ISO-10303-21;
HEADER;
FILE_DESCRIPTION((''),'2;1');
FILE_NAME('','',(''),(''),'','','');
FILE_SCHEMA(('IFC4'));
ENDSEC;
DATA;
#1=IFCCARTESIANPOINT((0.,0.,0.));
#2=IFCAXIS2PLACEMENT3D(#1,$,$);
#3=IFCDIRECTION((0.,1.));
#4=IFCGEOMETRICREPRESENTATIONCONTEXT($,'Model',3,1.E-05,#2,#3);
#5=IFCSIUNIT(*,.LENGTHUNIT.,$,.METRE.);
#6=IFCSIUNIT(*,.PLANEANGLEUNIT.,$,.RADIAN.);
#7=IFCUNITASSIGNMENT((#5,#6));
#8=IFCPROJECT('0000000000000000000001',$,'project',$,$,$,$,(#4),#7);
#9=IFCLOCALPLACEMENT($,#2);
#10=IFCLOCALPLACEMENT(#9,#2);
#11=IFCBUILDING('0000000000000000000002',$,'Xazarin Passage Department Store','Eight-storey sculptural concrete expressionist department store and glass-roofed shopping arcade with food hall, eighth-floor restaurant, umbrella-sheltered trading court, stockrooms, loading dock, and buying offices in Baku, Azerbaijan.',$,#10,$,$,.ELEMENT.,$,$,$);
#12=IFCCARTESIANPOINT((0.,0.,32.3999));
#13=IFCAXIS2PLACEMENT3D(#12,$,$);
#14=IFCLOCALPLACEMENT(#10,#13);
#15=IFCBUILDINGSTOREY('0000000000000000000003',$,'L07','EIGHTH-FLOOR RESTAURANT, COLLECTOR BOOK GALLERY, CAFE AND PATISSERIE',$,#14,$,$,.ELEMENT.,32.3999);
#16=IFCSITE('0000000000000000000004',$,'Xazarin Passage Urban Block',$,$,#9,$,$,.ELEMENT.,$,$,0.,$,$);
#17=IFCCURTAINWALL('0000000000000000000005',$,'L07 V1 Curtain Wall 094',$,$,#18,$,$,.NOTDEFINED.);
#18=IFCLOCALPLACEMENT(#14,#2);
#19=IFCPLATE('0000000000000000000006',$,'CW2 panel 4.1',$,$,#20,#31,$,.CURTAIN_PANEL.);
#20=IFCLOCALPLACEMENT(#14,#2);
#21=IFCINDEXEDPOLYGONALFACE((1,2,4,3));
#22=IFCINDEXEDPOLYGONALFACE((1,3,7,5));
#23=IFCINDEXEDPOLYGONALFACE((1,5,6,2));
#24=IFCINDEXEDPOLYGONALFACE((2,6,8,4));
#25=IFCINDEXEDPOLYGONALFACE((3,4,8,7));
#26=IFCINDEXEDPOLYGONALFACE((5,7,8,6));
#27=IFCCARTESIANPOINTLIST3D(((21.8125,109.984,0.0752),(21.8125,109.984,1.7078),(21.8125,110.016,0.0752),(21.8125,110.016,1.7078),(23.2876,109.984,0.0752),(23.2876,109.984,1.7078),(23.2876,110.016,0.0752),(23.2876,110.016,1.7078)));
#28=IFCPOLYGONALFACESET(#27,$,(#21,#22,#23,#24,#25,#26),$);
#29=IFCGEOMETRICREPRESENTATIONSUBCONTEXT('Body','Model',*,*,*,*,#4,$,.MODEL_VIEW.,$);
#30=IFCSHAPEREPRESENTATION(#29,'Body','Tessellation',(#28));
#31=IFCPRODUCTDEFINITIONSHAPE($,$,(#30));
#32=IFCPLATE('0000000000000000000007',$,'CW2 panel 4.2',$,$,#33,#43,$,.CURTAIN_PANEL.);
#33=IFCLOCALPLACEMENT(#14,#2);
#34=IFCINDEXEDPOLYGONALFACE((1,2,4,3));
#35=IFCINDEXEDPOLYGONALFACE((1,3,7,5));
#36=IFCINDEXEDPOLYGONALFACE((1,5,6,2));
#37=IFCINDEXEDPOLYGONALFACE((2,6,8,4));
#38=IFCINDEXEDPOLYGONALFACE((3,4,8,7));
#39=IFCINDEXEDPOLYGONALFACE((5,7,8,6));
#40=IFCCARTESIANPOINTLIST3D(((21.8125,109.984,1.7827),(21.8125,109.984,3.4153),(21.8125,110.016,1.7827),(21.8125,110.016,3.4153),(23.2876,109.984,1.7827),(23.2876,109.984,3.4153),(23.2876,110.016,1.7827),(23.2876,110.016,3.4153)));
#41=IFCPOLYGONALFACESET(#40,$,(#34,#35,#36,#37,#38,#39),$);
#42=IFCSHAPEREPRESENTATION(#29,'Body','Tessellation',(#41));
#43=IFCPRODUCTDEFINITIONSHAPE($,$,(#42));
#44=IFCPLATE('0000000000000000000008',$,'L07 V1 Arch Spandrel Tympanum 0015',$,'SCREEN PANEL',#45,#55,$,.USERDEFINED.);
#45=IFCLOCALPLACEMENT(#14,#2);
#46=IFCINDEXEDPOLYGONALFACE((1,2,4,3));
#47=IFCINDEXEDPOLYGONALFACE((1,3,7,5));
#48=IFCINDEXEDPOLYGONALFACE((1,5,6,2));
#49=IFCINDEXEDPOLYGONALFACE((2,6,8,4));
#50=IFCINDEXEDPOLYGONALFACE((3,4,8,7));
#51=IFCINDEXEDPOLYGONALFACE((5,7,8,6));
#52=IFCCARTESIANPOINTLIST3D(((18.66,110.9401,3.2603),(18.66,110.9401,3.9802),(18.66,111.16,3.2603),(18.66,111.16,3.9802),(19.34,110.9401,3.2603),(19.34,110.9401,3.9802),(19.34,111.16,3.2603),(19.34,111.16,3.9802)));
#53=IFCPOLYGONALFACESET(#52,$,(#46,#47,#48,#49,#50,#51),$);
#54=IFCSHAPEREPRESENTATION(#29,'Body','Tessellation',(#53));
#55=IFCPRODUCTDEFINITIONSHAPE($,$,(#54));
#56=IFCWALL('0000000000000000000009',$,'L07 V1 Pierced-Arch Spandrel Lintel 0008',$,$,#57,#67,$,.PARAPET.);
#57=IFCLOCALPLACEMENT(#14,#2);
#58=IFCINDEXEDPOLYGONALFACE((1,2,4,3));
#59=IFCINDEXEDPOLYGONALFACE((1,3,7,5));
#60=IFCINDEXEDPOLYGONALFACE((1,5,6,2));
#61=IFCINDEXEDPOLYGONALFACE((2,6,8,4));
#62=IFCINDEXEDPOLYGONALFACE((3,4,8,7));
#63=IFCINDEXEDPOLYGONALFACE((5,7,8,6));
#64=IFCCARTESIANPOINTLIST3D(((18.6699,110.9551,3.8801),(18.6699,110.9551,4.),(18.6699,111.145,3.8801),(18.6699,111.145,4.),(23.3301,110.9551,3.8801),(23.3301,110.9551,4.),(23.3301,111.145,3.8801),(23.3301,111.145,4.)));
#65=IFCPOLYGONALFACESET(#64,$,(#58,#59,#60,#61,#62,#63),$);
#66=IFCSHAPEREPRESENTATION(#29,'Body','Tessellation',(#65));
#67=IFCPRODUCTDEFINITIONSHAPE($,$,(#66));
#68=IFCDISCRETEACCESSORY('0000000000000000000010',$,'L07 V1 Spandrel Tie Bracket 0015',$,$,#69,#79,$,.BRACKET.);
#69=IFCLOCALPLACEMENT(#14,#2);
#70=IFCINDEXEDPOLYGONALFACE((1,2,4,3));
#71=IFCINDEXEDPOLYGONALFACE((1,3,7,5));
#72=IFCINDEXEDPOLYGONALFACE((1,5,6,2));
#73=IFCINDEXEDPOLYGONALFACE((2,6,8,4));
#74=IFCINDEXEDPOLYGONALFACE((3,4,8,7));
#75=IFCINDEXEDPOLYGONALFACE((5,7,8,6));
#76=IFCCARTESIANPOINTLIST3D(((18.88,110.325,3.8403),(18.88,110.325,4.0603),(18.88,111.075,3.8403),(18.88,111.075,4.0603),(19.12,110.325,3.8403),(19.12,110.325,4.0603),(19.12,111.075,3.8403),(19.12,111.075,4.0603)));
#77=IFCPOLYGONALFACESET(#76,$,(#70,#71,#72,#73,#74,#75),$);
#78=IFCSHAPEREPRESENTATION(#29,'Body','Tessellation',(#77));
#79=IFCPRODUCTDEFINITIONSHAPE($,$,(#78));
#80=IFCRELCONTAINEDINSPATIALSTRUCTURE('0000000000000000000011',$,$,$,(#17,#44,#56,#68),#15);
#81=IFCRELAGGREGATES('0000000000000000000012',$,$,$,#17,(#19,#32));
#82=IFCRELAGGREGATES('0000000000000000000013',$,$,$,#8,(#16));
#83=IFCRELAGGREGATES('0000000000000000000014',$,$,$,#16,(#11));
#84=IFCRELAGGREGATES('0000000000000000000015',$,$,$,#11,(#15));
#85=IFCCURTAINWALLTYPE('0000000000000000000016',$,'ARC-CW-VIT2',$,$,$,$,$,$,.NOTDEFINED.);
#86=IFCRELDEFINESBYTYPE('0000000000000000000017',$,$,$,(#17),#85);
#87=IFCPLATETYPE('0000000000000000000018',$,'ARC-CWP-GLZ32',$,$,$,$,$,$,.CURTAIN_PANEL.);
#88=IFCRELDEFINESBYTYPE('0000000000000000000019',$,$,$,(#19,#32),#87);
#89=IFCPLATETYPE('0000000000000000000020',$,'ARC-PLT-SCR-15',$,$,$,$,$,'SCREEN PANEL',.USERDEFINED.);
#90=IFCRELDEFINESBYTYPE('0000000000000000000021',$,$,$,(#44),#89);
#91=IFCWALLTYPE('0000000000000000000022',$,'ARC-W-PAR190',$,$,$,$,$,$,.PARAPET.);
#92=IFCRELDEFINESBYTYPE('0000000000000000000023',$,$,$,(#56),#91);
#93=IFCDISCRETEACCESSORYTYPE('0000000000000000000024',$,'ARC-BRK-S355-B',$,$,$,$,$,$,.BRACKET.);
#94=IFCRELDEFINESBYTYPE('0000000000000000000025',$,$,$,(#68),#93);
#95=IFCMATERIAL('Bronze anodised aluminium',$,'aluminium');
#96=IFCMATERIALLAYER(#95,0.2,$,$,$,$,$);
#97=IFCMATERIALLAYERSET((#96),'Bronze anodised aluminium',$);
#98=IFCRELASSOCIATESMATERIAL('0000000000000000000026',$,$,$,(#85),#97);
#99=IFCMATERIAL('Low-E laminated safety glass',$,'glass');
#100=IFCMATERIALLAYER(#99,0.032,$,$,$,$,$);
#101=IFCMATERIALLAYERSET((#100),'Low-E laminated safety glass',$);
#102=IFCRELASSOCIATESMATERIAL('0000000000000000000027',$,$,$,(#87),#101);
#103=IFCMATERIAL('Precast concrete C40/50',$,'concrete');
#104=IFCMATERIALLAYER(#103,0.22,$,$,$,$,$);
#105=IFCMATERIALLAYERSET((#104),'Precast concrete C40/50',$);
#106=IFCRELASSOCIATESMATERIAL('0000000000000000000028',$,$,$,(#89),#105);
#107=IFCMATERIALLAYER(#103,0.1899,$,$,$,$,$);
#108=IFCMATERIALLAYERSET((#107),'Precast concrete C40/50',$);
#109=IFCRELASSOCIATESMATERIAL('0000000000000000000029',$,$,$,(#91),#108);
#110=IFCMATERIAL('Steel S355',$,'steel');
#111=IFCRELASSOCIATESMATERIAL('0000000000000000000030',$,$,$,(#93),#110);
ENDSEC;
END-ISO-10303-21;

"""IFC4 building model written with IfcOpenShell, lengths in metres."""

from ifc_helpers import new_model, si_unit, direction, frame, frame_2d, origin, origin_2d, place, context, subcontext, project, spatial, rectangle, extrude, material, layer, layer_set, type_object, element, aggregate, save


model = new_model("IFC4")

# Units and contexts
model_context = context("Model", 3, precision=1e-05, world=origin(), true_north=direction((0.0, 1.0)))
body_context = subcontext(model_context, "Body", "Model", "MODEL_VIEW")
ifc_project = project(units=[si_unit("LENGTHUNIT", "METRE"), si_unit("PLANEANGLEUNIT", "RADIAN")], contexts=[model_context])

# Site, building, storey
site_placement = place(None, origin())
site = spatial("IfcSite", under=ifc_project, at=site_placement, Name="Xazarin Passage Urban Block", CompositionType="ELEMENT", RefElevation=0.0)
building_placement = place(site_placement, origin())
building = spatial("IfcBuilding", under=site, at=building_placement, Name="Xazarin Passage Department Store", Description="Eight-storey sculptural concrete expressionist department store and glass-roofed shopping arcade with food hall, eighth-floor restaurant, umbrella-sheltered trading court, stockrooms, loading dock, and buying offices in Baku, Azerbaijan.", CompositionType="ELEMENT")
storey_placement = place(building_placement, frame((0.0, 0.0, 32.3999)))
storey = spatial("IfcBuildingStorey", under=building, at=storey_placement, Name="L07", Description="EIGHTH-FLOOR RESTAURANT, COLLECTOR BOOK GALLERY, CAFE AND PATISSERIE", CompositionType="ELEMENT", Elevation=32.3999)

# Curtain wall
ifc_material_1 = material(Name="Bronze anodised aluminium", Category="aluminium")
ifc_layer_1 = layer(ifc_material_1, 0.2)
ifc_layer_set_1 = layer_set([ifc_layer_1], Name="Bronze anodised aluminium")
curtain_wall_type = type_object("IfcCurtainWallType", Name="ARC-CW-VIT2", PredefinedType="NOTDEFINED", material=ifc_layer_set_1)
curtain_wall_placement = place(storey_placement, origin())
curtain_wall = element("IfcCurtainWall", 1, at=curtain_wall_placement, inside=storey, type_object=curtain_wall_type, Name="L07 V1 Curtain Wall 094", PredefinedType="NOTDEFINED")

# Plates
ifc_material_2 = material(Name="Low-E laminated safety glass", Category="glass")
ifc_layer_2 = layer(ifc_material_2, 0.032)
ifc_layer_set_2 = layer_set([ifc_layer_2], Name="Low-E laminated safety glass")
plate_type_1 = type_object("IfcPlateType", Name="ARC-CWP-GLZ32", PredefinedType="CURTAIN_PANEL", material=ifc_layer_set_2)
plate_1_placement = place(storey_placement, frame((22.55, 110.0, 0.0752), z_axis=(0.0, 0.0, 1.0), x_axis=(1.0, 0.0, 0.0)))
plate_1 = element("IfcPlate", 2, at=plate_1_placement, type_object=plate_type_1, Name="CW2 panel 4.1", PredefinedType="CURTAIN_PANEL", context=body_context, shape_type="SweptSolid", body=[
    extrude(rectangle(XDim=1.4751, YDim=0.032, at=origin_2d()), origin(), (0.0, 0.0, 1.0), 1.6326),
])
plate_2_placement = place(storey_placement, frame((22.55, 110.0, 1.7827), z_axis=(0.0, 0.0, 1.0), x_axis=(1.0, 0.0, 0.0)))
plate_2 = element("IfcPlate", 3, at=plate_2_placement, type_object=plate_type_1, Name="CW2 panel 4.2", PredefinedType="CURTAIN_PANEL", context=body_context, shape_type="SweptSolid", body=[
    extrude(rectangle(XDim=1.4751, YDim=0.032, at=origin_2d()), origin(), (0.0, 0.0, 1.0), 1.6326),
])
aggregate(curtain_wall, [plate_1, plate_2])
ifc_material_3 = material(Name="Precast concrete C40/50", Category="concrete")
ifc_layer_3 = layer(ifc_material_3, 0.22)
ifc_layer_set_3 = layer_set([ifc_layer_3], Name="Precast concrete C40/50")
plate_type_2 = type_object("IfcPlateType", Name="ARC-PLT-SCR-15", ElementType="SCREEN PANEL", PredefinedType="USERDEFINED", material=ifc_layer_set_3)
plate_3_placement = place(storey_placement, frame((19.0, 111.05, 3.2603), z_axis=(0.0, 0.0, 1.0), x_axis=(1.0, 0.0, 0.0)))
element("IfcPlate", 4, at=plate_3_placement, inside=storey, type_object=plate_type_2, Name="L07 V1 Arch Spandrel Tympanum 0015", ObjectType="SCREEN PANEL", PredefinedType="USERDEFINED", context=body_context, shape_type="SweptSolid", body=[
    extrude(rectangle(XDim=0.6799, YDim=0.22, at=origin_2d()), origin(), (0.0, 0.0, 1.0), 0.72),
])

# Wall
ifc_layer_4 = layer(ifc_material_3, 0.1899)
ifc_layer_set_4 = layer_set([ifc_layer_4], Name="Precast concrete C40/50")
wall_type = type_object("IfcWallType", Name="ARC-W-PAR190", PredefinedType="PARAPET", material=ifc_layer_set_4)
wall_placement = place(storey_placement, frame((18.6699, 111.05, 3.8801), z_axis=(0.0, 0.0, 1.0), x_axis=(1.0, 0.0, 0.0)))
element("IfcWall", 5, at=wall_placement, inside=storey, type_object=wall_type, Name="L07 V1 Pierced-Arch Spandrel Lintel 0008", PredefinedType="PARAPET", context=body_context, shape_type="SweptSolid", body=[
    extrude(rectangle(XDim=4.6602, YDim=0.1899, at=frame_2d((2.3301, 0.0))), origin(), (0.0, 0.0, 1.0), 0.1199),
])

# Discrete accessory
ifc_material_4 = material(Name="Steel S355", Category="steel")
discrete_accessory_type = type_object("IfcDiscreteAccessoryType", Name="ARC-BRK-S355-B", PredefinedType="BRACKET", material=ifc_material_4)
discrete_accessory_placement = place(storey_placement, frame((19.0, 110.7, 3.8403), z_axis=(0.0, 0.0, 1.0), x_axis=(1.0, 0.0, 0.0)))
element("IfcDiscreteAccessory", 6, at=discrete_accessory_placement, inside=storey, type_object=discrete_accessory_type, Name="L07 V1 Spandrel Tie Bracket 0015", PredefinedType="BRACKET", context=body_context, shape_type="SweptSolid", body=[
    extrude(rectangle(XDim=0.24, YDim=0.75, at=origin_2d()), origin(), (0.0, 0.0, 1.0), 0.22),
])

save(model, "model.ifc")
